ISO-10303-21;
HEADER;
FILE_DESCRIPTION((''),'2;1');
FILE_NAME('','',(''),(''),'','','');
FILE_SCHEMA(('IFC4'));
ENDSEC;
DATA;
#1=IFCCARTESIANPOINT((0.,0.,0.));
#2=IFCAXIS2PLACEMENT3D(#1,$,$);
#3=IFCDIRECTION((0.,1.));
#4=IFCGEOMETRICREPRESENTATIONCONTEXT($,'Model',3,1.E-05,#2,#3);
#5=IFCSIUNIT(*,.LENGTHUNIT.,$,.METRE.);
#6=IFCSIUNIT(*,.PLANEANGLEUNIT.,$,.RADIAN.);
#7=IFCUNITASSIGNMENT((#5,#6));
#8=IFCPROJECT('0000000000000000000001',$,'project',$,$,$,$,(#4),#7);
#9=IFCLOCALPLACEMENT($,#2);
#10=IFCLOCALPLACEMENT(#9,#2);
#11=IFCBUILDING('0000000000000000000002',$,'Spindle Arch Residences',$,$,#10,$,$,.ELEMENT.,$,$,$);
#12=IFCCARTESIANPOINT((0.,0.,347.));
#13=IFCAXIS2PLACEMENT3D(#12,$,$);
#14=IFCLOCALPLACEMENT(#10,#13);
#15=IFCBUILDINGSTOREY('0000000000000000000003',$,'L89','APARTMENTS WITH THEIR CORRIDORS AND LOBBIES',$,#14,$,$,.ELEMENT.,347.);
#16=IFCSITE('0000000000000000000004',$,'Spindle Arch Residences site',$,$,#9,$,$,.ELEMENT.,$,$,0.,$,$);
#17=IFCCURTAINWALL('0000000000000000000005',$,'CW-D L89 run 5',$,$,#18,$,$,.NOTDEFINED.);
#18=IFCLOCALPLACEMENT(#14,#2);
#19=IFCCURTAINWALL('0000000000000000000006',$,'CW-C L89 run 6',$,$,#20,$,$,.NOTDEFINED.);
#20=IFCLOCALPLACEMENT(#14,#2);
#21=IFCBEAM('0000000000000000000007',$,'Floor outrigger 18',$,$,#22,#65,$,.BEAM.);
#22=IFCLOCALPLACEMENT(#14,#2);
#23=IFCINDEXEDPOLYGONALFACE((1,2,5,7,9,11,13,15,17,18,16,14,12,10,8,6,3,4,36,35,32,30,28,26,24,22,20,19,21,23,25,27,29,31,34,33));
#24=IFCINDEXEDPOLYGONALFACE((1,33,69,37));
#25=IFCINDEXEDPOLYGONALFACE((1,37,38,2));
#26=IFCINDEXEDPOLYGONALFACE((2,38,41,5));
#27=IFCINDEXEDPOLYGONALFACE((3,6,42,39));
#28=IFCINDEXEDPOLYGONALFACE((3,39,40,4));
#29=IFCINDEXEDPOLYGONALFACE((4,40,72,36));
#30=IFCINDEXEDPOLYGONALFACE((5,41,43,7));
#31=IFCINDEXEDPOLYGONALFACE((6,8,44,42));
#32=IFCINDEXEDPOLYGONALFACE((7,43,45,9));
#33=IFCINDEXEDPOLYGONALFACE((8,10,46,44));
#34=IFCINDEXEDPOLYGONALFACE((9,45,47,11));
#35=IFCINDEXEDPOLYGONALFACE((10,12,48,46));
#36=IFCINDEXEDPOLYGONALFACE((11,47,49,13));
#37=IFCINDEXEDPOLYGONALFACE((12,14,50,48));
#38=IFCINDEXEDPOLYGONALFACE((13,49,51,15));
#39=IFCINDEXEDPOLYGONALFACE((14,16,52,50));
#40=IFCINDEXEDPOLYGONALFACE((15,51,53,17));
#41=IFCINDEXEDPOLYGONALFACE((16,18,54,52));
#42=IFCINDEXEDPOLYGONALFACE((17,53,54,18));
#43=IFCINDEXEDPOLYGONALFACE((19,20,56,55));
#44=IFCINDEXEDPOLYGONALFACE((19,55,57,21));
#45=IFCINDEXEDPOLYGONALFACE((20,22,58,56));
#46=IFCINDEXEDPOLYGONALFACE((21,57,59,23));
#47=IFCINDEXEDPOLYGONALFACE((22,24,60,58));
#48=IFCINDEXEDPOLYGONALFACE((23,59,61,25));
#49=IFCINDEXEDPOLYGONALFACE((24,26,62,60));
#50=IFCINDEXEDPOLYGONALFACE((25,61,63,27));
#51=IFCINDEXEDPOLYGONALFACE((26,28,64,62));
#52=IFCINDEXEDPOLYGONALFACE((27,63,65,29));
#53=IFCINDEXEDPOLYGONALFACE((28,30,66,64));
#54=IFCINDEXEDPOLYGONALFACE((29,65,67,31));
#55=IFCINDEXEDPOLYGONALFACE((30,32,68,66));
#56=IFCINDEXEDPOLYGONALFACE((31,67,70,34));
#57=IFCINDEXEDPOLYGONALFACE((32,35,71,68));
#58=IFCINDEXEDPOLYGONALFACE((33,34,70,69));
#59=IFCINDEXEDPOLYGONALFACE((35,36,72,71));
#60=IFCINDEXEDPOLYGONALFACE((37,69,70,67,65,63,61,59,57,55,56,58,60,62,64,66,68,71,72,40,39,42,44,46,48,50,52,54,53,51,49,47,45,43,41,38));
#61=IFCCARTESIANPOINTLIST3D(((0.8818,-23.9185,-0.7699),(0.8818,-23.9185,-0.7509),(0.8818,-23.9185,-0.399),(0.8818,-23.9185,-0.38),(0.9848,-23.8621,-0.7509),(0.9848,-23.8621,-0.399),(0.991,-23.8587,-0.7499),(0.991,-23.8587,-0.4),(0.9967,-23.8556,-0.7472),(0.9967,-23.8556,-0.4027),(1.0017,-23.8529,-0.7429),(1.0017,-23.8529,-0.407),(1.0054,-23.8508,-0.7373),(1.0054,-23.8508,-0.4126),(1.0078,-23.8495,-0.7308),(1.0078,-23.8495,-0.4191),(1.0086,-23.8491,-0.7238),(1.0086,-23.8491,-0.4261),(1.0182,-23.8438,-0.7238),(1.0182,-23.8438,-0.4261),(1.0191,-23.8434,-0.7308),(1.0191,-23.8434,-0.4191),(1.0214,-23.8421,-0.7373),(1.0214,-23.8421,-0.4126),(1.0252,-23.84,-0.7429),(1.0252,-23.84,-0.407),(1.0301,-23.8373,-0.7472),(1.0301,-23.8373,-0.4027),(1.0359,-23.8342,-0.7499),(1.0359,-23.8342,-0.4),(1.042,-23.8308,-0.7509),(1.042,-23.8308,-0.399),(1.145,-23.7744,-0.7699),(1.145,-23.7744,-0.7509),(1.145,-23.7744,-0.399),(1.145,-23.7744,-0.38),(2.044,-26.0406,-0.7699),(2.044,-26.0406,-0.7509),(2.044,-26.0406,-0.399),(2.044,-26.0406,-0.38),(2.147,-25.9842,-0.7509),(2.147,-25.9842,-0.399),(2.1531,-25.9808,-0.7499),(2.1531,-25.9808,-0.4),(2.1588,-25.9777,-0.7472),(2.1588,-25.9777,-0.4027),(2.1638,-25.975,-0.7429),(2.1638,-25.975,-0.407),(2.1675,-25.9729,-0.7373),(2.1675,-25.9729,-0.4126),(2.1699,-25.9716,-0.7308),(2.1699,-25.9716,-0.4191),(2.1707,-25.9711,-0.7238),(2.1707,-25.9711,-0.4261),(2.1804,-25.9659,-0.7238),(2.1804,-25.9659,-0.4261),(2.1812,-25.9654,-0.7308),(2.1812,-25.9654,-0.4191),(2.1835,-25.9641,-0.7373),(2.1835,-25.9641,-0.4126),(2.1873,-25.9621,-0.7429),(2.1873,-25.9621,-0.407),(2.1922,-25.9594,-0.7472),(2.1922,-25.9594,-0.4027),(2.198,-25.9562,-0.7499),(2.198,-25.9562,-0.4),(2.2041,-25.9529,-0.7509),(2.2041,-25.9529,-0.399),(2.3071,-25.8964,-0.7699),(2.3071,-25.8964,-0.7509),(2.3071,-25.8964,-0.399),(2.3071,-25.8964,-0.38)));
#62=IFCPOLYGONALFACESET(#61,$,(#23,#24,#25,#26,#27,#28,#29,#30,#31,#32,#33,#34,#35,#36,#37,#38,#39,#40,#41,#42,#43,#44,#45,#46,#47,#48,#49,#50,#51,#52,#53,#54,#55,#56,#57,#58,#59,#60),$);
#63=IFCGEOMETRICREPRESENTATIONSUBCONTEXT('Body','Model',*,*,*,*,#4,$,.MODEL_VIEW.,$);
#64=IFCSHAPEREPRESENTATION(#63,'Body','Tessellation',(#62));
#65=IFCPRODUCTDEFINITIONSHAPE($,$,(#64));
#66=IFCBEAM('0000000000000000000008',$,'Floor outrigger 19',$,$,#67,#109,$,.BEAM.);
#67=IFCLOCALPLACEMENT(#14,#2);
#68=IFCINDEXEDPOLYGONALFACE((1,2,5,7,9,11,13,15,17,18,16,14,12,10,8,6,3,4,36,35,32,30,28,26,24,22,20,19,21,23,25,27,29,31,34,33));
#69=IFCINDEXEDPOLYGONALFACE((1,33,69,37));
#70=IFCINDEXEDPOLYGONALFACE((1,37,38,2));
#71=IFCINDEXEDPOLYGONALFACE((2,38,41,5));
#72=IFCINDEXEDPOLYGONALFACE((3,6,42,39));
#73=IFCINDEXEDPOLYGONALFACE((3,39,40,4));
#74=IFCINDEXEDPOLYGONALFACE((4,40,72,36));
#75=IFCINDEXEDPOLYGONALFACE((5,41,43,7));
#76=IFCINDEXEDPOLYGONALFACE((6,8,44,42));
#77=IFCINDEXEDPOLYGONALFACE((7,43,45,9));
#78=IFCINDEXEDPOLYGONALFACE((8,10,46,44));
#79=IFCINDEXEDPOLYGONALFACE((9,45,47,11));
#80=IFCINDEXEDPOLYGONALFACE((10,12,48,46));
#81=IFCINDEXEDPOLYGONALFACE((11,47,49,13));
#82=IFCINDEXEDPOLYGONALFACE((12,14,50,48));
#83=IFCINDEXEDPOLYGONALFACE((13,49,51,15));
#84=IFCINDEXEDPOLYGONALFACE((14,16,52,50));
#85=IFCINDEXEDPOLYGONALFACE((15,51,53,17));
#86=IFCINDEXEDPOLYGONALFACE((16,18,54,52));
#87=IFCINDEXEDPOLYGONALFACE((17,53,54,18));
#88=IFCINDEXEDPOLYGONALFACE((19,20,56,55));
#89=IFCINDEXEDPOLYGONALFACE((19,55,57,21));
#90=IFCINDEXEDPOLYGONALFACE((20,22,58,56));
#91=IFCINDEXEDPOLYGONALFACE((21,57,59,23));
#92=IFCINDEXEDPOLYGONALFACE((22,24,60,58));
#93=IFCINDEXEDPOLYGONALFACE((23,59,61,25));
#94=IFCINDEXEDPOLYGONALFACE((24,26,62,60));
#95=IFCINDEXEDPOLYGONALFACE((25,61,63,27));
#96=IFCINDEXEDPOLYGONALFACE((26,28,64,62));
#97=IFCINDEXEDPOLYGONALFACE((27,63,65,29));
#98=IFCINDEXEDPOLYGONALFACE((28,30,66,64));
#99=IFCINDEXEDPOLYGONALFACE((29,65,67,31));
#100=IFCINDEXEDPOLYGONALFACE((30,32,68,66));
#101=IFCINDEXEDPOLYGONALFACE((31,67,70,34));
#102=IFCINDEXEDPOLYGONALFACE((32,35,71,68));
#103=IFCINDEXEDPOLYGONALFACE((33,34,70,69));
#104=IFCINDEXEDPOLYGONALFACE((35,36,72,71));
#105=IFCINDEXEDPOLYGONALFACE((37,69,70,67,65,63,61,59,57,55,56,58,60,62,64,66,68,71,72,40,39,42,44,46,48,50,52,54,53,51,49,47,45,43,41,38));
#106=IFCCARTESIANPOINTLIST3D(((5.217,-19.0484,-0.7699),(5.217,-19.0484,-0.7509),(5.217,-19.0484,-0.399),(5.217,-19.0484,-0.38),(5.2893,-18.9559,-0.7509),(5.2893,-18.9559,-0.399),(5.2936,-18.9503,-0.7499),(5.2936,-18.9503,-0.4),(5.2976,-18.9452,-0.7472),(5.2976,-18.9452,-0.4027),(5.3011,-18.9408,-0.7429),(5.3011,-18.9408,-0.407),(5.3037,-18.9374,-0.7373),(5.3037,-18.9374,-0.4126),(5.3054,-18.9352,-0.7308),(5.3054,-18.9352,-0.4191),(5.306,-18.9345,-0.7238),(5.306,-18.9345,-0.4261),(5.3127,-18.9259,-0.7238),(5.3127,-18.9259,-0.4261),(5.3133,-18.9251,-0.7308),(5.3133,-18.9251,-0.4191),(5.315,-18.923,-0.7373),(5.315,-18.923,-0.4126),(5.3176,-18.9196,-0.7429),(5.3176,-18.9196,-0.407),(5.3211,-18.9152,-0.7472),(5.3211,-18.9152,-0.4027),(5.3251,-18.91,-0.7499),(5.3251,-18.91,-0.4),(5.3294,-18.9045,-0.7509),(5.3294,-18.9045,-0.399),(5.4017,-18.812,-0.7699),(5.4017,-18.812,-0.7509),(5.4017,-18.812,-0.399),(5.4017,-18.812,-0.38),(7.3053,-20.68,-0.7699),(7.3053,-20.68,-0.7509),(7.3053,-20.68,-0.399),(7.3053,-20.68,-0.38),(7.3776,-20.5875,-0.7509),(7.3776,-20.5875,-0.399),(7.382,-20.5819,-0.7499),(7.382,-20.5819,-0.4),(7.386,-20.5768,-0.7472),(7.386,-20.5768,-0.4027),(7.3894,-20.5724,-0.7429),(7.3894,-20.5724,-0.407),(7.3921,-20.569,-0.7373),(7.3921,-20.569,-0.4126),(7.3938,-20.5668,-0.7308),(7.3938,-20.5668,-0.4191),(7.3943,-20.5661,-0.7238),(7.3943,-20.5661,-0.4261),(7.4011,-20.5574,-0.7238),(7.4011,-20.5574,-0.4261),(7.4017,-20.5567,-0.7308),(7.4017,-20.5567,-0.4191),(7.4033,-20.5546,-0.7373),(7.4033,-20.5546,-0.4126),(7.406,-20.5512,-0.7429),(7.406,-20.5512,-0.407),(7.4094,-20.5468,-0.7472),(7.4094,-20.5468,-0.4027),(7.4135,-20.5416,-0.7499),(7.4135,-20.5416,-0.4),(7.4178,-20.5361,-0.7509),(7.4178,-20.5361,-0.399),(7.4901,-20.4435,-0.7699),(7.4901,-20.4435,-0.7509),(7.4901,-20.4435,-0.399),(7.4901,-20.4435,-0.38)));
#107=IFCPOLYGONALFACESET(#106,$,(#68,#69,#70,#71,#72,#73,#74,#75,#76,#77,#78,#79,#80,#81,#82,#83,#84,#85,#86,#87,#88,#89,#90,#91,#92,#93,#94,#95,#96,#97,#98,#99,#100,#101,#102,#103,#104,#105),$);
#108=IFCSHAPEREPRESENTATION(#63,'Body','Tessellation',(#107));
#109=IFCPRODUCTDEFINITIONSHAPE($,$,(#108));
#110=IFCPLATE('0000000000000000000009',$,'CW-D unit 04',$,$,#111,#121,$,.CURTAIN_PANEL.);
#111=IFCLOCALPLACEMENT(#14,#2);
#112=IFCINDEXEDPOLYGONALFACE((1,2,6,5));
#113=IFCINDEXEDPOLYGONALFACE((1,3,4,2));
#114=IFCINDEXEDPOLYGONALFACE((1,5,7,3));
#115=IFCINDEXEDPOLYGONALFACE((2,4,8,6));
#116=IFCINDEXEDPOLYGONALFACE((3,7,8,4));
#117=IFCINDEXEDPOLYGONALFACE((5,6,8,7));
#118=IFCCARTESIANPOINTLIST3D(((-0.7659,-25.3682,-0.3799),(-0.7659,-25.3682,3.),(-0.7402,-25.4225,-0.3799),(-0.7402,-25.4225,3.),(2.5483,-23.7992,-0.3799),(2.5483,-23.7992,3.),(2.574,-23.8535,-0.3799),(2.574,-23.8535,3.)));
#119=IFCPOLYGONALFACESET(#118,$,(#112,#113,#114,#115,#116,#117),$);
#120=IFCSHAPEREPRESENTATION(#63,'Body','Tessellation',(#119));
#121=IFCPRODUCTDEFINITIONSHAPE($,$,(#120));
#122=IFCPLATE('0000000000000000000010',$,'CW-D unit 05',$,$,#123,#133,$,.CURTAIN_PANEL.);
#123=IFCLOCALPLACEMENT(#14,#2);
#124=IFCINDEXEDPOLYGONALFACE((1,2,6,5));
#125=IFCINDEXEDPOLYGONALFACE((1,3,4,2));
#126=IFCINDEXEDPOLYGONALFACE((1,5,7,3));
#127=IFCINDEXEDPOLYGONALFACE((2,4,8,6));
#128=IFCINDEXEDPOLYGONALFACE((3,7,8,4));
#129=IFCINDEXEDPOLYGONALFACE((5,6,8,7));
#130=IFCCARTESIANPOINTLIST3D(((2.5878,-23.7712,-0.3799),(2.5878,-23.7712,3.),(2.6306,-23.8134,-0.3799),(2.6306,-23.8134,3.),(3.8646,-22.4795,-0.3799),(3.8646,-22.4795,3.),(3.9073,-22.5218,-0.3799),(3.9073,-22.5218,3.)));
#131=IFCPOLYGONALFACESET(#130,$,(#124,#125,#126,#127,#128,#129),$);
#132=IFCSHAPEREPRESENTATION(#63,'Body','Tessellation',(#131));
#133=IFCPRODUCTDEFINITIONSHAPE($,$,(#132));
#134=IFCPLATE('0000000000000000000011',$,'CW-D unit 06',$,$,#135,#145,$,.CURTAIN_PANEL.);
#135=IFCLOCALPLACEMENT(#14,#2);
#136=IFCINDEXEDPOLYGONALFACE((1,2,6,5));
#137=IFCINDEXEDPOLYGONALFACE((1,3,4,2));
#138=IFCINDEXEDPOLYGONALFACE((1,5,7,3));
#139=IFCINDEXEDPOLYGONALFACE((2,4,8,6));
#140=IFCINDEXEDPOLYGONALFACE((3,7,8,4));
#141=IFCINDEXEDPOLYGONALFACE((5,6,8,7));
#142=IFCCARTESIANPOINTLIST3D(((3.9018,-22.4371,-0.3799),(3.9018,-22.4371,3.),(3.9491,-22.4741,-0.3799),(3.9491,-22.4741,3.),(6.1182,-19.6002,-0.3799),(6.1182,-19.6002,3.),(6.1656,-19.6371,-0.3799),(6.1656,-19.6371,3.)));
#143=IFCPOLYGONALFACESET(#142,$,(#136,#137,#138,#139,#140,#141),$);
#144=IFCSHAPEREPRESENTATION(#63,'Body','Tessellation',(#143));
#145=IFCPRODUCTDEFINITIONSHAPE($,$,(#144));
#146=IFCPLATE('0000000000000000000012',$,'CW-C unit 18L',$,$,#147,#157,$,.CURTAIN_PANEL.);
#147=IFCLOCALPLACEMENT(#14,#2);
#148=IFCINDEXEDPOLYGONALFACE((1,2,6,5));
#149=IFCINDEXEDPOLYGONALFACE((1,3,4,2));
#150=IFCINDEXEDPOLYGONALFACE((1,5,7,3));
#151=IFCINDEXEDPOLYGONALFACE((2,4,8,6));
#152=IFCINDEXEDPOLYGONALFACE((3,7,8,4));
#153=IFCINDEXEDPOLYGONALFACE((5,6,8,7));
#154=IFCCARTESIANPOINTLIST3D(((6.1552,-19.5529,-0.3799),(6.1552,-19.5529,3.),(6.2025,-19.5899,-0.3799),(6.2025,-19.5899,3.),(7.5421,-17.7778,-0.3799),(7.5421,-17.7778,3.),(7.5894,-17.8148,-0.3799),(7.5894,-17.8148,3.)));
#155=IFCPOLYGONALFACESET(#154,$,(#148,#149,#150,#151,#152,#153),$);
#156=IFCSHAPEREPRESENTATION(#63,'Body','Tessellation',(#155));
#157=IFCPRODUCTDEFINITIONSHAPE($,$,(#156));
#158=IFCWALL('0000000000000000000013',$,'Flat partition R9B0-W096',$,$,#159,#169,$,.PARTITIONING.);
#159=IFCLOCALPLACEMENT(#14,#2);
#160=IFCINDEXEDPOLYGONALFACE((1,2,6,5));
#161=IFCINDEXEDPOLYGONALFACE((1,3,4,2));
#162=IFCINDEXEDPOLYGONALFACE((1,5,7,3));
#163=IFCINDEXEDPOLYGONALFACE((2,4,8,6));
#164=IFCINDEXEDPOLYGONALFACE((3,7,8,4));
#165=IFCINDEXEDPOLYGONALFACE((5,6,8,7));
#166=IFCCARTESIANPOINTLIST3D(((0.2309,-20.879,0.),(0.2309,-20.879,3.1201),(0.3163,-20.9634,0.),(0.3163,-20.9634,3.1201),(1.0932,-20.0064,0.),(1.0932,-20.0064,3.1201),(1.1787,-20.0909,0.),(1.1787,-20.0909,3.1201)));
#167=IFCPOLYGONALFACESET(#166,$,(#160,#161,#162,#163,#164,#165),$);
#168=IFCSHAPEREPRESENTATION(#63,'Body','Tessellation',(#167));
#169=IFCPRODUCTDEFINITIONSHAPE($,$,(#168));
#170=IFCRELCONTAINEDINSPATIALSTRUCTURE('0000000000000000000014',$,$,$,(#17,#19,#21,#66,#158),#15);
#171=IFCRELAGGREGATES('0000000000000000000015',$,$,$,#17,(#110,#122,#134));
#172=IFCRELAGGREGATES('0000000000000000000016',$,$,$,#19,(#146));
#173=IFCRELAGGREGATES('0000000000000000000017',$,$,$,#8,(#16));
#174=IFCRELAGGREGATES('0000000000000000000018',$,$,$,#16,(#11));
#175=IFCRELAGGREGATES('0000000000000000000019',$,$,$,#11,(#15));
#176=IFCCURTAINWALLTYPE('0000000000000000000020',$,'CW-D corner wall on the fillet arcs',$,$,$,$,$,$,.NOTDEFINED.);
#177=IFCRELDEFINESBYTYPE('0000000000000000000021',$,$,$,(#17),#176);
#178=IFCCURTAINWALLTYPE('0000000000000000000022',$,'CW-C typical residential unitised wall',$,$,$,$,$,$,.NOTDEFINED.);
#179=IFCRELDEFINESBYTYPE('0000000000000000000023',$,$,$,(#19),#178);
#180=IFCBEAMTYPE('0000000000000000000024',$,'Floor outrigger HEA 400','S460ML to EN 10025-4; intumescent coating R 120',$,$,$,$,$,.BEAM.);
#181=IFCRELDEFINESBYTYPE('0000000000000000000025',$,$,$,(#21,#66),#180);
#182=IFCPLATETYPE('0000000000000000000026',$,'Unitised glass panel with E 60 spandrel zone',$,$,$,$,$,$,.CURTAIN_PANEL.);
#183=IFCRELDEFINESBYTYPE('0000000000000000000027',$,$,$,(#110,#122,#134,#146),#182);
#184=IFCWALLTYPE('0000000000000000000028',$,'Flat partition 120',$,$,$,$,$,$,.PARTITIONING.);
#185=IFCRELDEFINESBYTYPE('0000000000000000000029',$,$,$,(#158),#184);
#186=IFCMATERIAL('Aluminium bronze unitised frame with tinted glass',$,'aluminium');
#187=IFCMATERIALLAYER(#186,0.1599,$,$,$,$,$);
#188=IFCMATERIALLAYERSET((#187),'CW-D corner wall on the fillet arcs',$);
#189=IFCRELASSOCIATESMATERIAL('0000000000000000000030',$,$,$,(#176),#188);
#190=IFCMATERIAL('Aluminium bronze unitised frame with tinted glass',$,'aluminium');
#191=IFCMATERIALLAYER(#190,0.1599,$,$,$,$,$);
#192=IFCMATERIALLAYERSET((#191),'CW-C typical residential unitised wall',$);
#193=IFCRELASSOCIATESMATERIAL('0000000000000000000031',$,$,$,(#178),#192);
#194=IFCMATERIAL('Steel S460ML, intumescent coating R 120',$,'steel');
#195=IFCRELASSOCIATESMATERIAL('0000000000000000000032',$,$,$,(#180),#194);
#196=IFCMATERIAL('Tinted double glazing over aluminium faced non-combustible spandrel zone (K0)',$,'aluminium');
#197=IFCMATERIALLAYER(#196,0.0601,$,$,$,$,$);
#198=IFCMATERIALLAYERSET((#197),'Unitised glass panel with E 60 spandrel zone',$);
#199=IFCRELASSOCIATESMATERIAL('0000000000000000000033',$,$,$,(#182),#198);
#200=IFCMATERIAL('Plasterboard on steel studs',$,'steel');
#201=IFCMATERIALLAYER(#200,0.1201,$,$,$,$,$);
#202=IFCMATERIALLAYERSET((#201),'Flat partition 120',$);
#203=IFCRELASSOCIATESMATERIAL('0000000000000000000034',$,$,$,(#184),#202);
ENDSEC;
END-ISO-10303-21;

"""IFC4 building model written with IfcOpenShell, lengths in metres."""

from ifc_helpers import new_model, si_unit, direction, frame, frame_2d, origin, origin_2d, place, context, subcontext, project, spatial, rectangle, i_section, extrude, material, layer, layer_set, material_profile, profile_set, type_object, element, aggregate, save


model = new_model("IFC4")

# Units and contexts
model_context = context("Model", 3, precision=1e-05, world=origin(), true_north=direction((0.0, 1.0)))
body_context = subcontext(model_context, "Body", "Model", "MODEL_VIEW")
ifc_project = project(units=[si_unit("LENGTHUNIT", "METRE"), si_unit("PLANEANGLEUNIT", "RADIAN")], contexts=[model_context])

# Site, building, storey
site_placement = place(None, origin())
site = spatial("IfcSite", under=ifc_project, at=site_placement, Name="Spindle Arch Residences site", CompositionType="ELEMENT", RefElevation=0.0)
building_placement = place(site_placement, origin())
building = spatial("IfcBuilding", under=site, at=building_placement, Name="Spindle Arch Residences", CompositionType="ELEMENT")
storey_placement = place(building_placement, frame((0.0, 0.0, 347.0)))
storey = spatial("IfcBuildingStorey", under=building, at=storey_placement, Name="L89", Description="APARTMENTS WITH THEIR CORRIDORS AND LOBBIES", CompositionType="ELEMENT", Elevation=347.0)

# Curtain wall
ifc_material_1 = material(Name="Aluminium bronze unitised frame with tinted glass", Category="aluminium")
ifc_layer_1 = layer(ifc_material_1, 0.1599)
ifc_layer_set_1 = layer_set([ifc_layer_1], Name="CW-D corner wall on the fillet arcs")
curtain_wall_type_1 = type_object("IfcCurtainWallType", Name="CW-D corner wall on the fillet arcs", PredefinedType="NOTDEFINED", material=ifc_layer_set_1)
curtain_wall_1_placement = place(storey_placement, origin())
curtain_wall_1 = element("IfcCurtainWall", 1, at=curtain_wall_1_placement, inside=storey, type_object=curtain_wall_type_1, Name="CW-D L89 run 5", PredefinedType="NOTDEFINED")

# Curtain wall
ifc_material_2 = material(Name="Aluminium bronze unitised frame with tinted glass", Category="aluminium")
ifc_layer_2 = layer(ifc_material_2, 0.1599)
ifc_layer_set_2 = layer_set([ifc_layer_2], Name="CW-C typical residential unitised wall")
curtain_wall_type_2 = type_object("IfcCurtainWallType", Name="CW-C typical residential unitised wall", PredefinedType="NOTDEFINED", material=ifc_layer_set_2)
curtain_wall_2_placement = place(storey_placement, origin())
curtain_wall_2 = element("IfcCurtainWall", 2, at=curtain_wall_2_placement, inside=storey, type_object=curtain_wall_type_2, Name="CW-C L89 run 6", PredefinedType="NOTDEFINED")

# Beams
ifc_material_3 = material(Name="Steel S460ML, intumescent coating R 120", Category="steel")
ifc_material_profile_1 = material_profile(ifc_material_3, i_section(OverallWidth=0.3, OverallDepth=0.3899, WebThickness=0.011, FlangeThickness=0.019, FilletRadius=0.0271, at=origin_2d()), Name="HEA 400")
ifc_profile_set_1 = profile_set([ifc_material_profile_1], Name="Steel S460ML, intumescent coating R 120")
beam_type_1 = type_object("IfcBeamType", Name="Floor outrigger HEA 400", Description="S460ML to EN 10025-4; intumescent coating R 120", PredefinedType="BEAM", material=ifc_profile_set_1)
beam_1_placement = place(storey_placement, frame((2.1755, -25.9685, -0.575), z_axis=(-0.480322, 0.877092, 0.0), x_axis=(-0.877092, -0.480322, 0.0)))
element("IfcBeam", 3, at=beam_1_placement, inside=storey, type_object=beam_type_1, Name="Floor outrigger 18", PredefinedType="BEAM", context=body_context, shape_type="SweptSolid", body=[
    extrude(i_section(OverallWidth=0.3, OverallDepth=0.3899, WebThickness=0.011, FlangeThickness=0.019, FilletRadius=0.0271, at=origin_2d()), origin(), (0.0, 0.0, 1.0), 2.4194),
])
beam_2_placement = place(storey_placement, frame((7.3977, -20.5618, -0.575), z_axis=(-0.788016, 0.615655, 0.0), x_axis=(-0.615655, -0.788016, 0.0)))
element("IfcBeam", 4, at=beam_2_placement, inside=storey, type_object=beam_type_1, Name="Floor outrigger 19", PredefinedType="BEAM", context=body_context, shape_type="SweptSolid", body=[
    extrude(i_section(OverallWidth=0.3, OverallDepth=0.3899, WebThickness=0.011, FlangeThickness=0.019, FilletRadius=0.0271, at=origin_2d()), origin(), (0.0, 0.0, 1.0), 2.6501),
])

# Plates
ifc_material_4 = material(Name="Tinted double glazing over aluminium faced non-combustible spandrel zone (K0)", Category="aluminium")
ifc_layer_3 = layer(ifc_material_4, 0.0601)
ifc_layer_set_3 = layer_set([ifc_layer_3], Name="Unitised glass panel with E 60 spandrel zone")
plate_type = type_object("IfcPlateType", Name="Unitised glass panel with E 60 spandrel zone", PredefinedType="CURTAIN_PANEL", material=ifc_layer_set_3)
plate_1_placement = place(storey_placement, frame((0.9041, -24.6108, -0.3799), z_axis=(0.0, 0.0, 1.0), x_axis=(0.903834, 0.427884, 0.0)))
plate_1 = element("IfcPlate", 5, at=plate_1_placement, type_object=plate_type, Name="CW-D unit 04", PredefinedType="CURTAIN_PANEL", context=body_context, shape_type="SweptSolid", body=[
    extrude(rectangle(XDim=3.6667, YDim=0.0601, at=origin_2d()), origin(), (0.0, 0.0, 1.0), 3.3799),
])
plate_2_placement = place(storey_placement, frame((3.2476, -23.1465, -0.3799), z_axis=(0.0, 0.0, 1.0), x_axis=(0.702981, 0.711209, 0.0)))
plate_2 = element("IfcPlate", 6, at=plate_2_placement, type_object=plate_type, Name="CW-D unit 05", PredefinedType="CURTAIN_PANEL", context=body_context, shape_type="SweptSolid", body=[
    extrude(rectangle(XDim=1.8162, YDim=0.0601, at=origin_2d()), origin(), (0.0, 0.0, 1.0), 3.3799),
])
plate_3_placement = place(storey_placement, frame((5.0337, -21.0371, -0.3799), z_axis=(0.0, 0.0, 1.0), x_axis=(0.615661, 0.788011, 0.0)))
plate_3 = element("IfcPlate", 7, at=plate_3_placement, type_object=plate_type, Name="CW-D unit 06", PredefinedType="CURTAIN_PANEL", context=body_context, shape_type="SweptSolid", body=[
    extrude(rectangle(XDim=3.6001, YDim=0.0601, at=origin_2d()), origin(), (0.0, 0.0, 1.0), 3.3799),
])
aggregate(curtain_wall_1, [plate_1, plate_2, plate_3])
plate_4_placement = place(storey_placement, frame((6.8723, -18.6838, -0.3799), z_axis=(0.0, 0.0, 1.0), x_axis=(0.615661, 0.788011, 0.0)))
plate_4 = element("IfcPlate", 8, at=plate_4_placement, type_object=plate_type, Name="CW-C unit 18L", PredefinedType="CURTAIN_PANEL", context=body_context, shape_type="SweptSolid", body=[
    extrude(rectangle(XDim=2.2527, YDim=0.0601, at=origin_2d()), origin(), (0.0, 0.0, 1.0), 3.3799),
])
aggregate(curtain_wall_2, [plate_4])

# Wall
ifc_material_5 = material(Name="Plasterboard on steel studs", Category="steel")
ifc_layer_4 = layer(ifc_material_5, 0.1201)
ifc_layer_set_4 = layer_set([ifc_layer_4], Name="Flat partition 120")
wall_type_1 = type_object("IfcWallType", Name="Flat partition 120", PredefinedType="PARTITIONING", material=ifc_layer_set_4)
wall_1_placement = place(storey_placement, frame((0.2737, -20.9211, 0.0), z_axis=(0.0, 0.0, 1.0), x_axis=(0.702915, 0.711274, 0.0)))
element("IfcWall", 9, at=wall_1_placement, inside=storey, type_object=wall_type_1, Name="Flat partition R9B0-W096", PredefinedType="PARTITIONING", context=body_context, shape_type="SweptSolid", body=[
    extrude(rectangle(XDim=1.2268, YDim=0.1201, at=frame_2d((0.6133, 0.0))), origin(), (0.0, 0.0, 1.0), 3.1201),
])

save(model, "model.ifc")
